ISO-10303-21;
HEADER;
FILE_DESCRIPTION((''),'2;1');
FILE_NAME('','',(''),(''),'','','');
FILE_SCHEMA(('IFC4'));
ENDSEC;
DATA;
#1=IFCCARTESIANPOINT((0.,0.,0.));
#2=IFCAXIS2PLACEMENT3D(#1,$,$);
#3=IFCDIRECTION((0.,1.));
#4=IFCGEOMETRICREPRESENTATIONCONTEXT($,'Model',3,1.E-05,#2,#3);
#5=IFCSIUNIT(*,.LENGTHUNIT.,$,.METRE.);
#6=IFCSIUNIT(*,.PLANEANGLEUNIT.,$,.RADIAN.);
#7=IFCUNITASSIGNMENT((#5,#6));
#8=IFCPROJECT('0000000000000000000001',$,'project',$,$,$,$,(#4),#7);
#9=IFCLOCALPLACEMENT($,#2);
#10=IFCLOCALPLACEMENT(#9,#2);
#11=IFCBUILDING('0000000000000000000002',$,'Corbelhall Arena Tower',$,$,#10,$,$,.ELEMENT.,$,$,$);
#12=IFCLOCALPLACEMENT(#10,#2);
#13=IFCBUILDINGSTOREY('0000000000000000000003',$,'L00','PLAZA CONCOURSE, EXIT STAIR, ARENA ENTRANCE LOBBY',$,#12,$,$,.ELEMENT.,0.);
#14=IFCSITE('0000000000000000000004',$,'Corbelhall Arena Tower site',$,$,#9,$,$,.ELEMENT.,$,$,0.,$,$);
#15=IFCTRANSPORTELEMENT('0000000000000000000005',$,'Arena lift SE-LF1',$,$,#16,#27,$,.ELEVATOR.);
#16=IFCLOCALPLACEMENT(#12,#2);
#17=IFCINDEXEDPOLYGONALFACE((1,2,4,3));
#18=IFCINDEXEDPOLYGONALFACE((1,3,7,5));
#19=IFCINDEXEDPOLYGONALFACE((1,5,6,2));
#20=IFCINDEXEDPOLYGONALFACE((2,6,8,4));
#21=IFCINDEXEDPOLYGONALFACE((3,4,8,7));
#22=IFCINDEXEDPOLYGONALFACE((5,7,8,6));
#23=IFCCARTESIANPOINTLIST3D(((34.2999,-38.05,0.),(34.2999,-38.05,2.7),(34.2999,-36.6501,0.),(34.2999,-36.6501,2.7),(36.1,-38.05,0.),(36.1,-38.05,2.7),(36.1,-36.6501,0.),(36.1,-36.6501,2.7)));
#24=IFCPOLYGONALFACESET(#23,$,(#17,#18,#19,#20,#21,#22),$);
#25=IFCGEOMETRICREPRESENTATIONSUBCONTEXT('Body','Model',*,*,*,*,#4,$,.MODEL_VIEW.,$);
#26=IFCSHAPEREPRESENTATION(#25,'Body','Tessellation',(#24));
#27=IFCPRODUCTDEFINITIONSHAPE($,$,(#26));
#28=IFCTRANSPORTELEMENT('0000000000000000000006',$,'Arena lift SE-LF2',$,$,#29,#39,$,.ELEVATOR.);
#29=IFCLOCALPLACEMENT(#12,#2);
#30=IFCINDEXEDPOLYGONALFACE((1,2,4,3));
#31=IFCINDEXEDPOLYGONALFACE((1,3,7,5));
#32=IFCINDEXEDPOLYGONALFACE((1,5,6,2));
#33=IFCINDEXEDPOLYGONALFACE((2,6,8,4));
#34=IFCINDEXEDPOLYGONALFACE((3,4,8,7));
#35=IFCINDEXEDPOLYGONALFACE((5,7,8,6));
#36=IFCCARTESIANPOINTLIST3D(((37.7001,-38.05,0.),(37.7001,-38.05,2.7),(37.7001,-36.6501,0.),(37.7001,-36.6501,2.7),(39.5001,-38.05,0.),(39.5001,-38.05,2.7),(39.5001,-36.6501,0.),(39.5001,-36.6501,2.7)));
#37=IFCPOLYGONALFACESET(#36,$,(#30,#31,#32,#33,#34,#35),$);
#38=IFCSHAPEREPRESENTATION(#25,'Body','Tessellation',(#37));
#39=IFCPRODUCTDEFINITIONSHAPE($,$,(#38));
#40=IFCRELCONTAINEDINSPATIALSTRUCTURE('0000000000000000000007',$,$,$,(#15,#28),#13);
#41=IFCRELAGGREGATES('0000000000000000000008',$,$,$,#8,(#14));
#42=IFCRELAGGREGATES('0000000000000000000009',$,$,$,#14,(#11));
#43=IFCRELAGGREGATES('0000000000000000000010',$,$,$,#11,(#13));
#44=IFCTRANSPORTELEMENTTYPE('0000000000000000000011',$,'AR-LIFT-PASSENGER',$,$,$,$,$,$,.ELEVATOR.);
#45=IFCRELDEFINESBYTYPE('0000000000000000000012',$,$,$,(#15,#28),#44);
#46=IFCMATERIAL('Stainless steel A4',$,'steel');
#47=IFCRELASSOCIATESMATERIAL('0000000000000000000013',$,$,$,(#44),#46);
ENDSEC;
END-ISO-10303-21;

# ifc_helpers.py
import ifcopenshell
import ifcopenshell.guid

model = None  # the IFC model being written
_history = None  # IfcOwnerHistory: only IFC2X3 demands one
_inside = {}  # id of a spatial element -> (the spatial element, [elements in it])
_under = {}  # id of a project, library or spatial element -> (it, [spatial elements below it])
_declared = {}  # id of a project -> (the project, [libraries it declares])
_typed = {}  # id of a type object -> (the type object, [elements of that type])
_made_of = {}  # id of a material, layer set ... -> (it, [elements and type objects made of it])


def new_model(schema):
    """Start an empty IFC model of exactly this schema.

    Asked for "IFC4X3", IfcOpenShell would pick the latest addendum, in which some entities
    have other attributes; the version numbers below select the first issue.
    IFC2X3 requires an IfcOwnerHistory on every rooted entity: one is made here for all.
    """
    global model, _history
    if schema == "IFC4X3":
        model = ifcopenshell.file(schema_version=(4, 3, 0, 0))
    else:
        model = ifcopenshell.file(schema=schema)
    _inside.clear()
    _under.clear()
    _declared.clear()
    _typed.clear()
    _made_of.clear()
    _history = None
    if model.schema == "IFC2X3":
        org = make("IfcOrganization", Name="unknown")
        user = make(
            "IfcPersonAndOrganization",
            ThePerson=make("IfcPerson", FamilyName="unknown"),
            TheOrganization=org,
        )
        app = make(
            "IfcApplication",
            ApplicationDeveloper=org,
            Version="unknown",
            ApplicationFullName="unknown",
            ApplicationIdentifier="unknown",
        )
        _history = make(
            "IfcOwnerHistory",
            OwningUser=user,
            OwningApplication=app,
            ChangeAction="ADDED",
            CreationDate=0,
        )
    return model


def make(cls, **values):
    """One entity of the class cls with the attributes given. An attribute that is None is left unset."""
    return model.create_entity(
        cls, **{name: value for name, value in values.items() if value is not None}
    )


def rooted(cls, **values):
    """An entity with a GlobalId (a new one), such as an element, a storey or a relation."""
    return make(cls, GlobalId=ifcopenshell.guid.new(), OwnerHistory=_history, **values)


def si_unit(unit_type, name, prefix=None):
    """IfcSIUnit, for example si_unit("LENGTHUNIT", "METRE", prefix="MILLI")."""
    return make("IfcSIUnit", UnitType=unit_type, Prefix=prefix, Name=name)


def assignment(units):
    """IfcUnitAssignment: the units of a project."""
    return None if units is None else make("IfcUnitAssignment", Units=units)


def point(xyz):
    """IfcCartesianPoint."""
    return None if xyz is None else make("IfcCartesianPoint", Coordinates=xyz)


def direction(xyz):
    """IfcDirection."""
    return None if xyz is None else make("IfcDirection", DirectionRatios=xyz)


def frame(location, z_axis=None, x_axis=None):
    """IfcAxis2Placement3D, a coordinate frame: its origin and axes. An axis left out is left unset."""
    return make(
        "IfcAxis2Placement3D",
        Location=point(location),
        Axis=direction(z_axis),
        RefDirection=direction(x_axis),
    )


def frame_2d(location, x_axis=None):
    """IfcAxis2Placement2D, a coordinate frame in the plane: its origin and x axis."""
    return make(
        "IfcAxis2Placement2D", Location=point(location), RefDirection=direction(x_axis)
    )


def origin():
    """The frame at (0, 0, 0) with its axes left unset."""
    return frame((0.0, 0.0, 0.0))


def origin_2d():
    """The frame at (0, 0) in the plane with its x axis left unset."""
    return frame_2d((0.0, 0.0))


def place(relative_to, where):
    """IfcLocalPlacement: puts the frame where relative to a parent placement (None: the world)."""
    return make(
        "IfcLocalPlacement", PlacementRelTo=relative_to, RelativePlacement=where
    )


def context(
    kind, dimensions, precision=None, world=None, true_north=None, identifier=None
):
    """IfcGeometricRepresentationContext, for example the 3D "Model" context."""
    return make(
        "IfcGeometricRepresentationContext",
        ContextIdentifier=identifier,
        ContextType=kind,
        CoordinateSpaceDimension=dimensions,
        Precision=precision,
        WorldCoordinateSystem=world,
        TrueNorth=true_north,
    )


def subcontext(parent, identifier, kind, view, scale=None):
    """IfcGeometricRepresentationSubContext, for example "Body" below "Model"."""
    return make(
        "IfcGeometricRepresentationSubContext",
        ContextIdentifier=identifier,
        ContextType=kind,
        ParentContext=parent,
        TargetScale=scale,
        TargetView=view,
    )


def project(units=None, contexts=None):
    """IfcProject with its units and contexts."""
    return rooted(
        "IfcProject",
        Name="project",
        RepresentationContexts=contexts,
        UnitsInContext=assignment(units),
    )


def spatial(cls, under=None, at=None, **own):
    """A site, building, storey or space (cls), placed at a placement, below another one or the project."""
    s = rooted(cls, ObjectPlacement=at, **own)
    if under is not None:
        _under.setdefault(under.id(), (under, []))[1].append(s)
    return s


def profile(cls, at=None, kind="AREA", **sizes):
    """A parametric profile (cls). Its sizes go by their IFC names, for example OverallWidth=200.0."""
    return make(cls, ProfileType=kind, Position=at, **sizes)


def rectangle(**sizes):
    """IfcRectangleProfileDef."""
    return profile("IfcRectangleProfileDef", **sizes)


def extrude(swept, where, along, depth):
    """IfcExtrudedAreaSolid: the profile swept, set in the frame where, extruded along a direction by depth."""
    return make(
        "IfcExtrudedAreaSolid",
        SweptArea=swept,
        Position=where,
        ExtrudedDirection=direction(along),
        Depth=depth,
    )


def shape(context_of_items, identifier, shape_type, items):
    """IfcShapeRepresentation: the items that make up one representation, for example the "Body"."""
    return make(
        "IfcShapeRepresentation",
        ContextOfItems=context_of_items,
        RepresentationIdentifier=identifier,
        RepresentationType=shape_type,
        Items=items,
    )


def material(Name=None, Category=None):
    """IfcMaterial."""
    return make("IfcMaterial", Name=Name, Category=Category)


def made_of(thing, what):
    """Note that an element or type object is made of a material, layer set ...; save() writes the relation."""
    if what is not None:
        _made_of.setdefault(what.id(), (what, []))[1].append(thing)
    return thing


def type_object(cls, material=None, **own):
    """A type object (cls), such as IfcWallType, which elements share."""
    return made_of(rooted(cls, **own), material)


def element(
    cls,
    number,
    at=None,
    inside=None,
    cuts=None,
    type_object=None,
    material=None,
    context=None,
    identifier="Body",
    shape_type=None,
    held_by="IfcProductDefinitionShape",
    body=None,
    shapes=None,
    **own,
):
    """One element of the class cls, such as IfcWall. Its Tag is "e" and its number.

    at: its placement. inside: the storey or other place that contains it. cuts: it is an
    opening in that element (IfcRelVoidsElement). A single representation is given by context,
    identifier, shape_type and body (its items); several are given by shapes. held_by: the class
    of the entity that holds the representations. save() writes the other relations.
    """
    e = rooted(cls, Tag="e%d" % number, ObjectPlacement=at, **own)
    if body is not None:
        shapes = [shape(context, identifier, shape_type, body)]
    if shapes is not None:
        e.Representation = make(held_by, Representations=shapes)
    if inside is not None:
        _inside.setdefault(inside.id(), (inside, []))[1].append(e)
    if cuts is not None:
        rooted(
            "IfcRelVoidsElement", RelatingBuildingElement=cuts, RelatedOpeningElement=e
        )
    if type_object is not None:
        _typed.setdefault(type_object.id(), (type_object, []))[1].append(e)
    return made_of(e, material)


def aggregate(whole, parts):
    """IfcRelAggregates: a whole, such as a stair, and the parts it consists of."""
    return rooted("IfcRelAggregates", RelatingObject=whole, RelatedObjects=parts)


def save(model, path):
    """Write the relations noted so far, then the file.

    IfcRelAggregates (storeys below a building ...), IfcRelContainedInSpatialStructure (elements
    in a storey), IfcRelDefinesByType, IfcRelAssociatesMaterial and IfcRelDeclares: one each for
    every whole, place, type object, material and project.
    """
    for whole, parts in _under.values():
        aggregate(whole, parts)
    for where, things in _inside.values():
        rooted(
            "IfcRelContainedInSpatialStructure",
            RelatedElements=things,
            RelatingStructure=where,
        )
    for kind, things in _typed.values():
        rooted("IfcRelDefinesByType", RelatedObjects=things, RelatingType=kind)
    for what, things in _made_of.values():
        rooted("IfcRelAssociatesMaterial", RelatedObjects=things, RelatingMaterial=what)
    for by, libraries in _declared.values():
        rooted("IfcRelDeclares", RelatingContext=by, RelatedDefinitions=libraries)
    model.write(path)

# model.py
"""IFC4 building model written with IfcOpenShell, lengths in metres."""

from ifc_helpers import new_model, si_unit, direction, frame, origin, origin_2d, place, context, subcontext, project, spatial, rectangle, extrude, material, type_object, element, save


model = new_model("IFC4")

# Units and contexts
model_context = context("Model", 3, precision=1e-05, world=origin(), true_north=direction((0.0, 1.0)))
body_context = subcontext(model_context, "Body", "Model", "MODEL_VIEW")
ifc_project = project(units=[si_unit("LENGTHUNIT", "METRE"), si_unit("PLANEANGLEUNIT", "RADIAN")], contexts=[model_context])

# Site, building, storey
site_placement = place(None, origin())
site = spatial("IfcSite", under=ifc_project, at=site_placement, Name="Corbelhall Arena Tower site", CompositionType="ELEMENT", RefElevation=0.0)
building_placement = place(site_placement, origin())
building = spatial("IfcBuilding", under=site, at=building_placement, Name="Corbelhall Arena Tower", CompositionType="ELEMENT")
storey_placement = place(building_placement, origin())
storey = spatial("IfcBuildingStorey", under=building, at=storey_placement, Name="L00", Description="PLAZA CONCOURSE, EXIT STAIR, ARENA ENTRANCE LOBBY", CompositionType="ELEMENT", Elevation=0.0)

# Shared definitions
ifc_material_1 = material(Name="Stainless steel A4", Category="steel")

# Transport elements
transport_element_type_1 = type_object("IfcTransportElementType", Name="AR-LIFT-PASSENGER", PredefinedType="ELEVATOR", material=ifc_material_1)
for number, where, z_axis, x_axis, name in (
    (1, (35.2, -37.3501, 0.0), (0.0, 0.0, 1.0), (1.0, 0.0, 0.0), "Arena lift SE-LF1"),
    (2, (38.6001, -37.3501, 0.0), (0.0, 0.0, 1.0), (1.0, 0.0, 0.0), "Arena lift SE-LF2"),
):
    element("IfcTransportElement", number, at=place(storey_placement, frame(where, z_axis=z_axis, x_axis=x_axis)), inside=storey, type_object=transport_element_type_1, Name=name, PredefinedType="ELEVATOR", context=body_context, shape_type="SweptSolid", body=[
        extrude(rectangle(XDim=1.8, YDim=1.3999, at=origin_2d()), origin(), (0.0, 0.0, 1.0), 2.7),
    ])

save(model, "model.ifc")
